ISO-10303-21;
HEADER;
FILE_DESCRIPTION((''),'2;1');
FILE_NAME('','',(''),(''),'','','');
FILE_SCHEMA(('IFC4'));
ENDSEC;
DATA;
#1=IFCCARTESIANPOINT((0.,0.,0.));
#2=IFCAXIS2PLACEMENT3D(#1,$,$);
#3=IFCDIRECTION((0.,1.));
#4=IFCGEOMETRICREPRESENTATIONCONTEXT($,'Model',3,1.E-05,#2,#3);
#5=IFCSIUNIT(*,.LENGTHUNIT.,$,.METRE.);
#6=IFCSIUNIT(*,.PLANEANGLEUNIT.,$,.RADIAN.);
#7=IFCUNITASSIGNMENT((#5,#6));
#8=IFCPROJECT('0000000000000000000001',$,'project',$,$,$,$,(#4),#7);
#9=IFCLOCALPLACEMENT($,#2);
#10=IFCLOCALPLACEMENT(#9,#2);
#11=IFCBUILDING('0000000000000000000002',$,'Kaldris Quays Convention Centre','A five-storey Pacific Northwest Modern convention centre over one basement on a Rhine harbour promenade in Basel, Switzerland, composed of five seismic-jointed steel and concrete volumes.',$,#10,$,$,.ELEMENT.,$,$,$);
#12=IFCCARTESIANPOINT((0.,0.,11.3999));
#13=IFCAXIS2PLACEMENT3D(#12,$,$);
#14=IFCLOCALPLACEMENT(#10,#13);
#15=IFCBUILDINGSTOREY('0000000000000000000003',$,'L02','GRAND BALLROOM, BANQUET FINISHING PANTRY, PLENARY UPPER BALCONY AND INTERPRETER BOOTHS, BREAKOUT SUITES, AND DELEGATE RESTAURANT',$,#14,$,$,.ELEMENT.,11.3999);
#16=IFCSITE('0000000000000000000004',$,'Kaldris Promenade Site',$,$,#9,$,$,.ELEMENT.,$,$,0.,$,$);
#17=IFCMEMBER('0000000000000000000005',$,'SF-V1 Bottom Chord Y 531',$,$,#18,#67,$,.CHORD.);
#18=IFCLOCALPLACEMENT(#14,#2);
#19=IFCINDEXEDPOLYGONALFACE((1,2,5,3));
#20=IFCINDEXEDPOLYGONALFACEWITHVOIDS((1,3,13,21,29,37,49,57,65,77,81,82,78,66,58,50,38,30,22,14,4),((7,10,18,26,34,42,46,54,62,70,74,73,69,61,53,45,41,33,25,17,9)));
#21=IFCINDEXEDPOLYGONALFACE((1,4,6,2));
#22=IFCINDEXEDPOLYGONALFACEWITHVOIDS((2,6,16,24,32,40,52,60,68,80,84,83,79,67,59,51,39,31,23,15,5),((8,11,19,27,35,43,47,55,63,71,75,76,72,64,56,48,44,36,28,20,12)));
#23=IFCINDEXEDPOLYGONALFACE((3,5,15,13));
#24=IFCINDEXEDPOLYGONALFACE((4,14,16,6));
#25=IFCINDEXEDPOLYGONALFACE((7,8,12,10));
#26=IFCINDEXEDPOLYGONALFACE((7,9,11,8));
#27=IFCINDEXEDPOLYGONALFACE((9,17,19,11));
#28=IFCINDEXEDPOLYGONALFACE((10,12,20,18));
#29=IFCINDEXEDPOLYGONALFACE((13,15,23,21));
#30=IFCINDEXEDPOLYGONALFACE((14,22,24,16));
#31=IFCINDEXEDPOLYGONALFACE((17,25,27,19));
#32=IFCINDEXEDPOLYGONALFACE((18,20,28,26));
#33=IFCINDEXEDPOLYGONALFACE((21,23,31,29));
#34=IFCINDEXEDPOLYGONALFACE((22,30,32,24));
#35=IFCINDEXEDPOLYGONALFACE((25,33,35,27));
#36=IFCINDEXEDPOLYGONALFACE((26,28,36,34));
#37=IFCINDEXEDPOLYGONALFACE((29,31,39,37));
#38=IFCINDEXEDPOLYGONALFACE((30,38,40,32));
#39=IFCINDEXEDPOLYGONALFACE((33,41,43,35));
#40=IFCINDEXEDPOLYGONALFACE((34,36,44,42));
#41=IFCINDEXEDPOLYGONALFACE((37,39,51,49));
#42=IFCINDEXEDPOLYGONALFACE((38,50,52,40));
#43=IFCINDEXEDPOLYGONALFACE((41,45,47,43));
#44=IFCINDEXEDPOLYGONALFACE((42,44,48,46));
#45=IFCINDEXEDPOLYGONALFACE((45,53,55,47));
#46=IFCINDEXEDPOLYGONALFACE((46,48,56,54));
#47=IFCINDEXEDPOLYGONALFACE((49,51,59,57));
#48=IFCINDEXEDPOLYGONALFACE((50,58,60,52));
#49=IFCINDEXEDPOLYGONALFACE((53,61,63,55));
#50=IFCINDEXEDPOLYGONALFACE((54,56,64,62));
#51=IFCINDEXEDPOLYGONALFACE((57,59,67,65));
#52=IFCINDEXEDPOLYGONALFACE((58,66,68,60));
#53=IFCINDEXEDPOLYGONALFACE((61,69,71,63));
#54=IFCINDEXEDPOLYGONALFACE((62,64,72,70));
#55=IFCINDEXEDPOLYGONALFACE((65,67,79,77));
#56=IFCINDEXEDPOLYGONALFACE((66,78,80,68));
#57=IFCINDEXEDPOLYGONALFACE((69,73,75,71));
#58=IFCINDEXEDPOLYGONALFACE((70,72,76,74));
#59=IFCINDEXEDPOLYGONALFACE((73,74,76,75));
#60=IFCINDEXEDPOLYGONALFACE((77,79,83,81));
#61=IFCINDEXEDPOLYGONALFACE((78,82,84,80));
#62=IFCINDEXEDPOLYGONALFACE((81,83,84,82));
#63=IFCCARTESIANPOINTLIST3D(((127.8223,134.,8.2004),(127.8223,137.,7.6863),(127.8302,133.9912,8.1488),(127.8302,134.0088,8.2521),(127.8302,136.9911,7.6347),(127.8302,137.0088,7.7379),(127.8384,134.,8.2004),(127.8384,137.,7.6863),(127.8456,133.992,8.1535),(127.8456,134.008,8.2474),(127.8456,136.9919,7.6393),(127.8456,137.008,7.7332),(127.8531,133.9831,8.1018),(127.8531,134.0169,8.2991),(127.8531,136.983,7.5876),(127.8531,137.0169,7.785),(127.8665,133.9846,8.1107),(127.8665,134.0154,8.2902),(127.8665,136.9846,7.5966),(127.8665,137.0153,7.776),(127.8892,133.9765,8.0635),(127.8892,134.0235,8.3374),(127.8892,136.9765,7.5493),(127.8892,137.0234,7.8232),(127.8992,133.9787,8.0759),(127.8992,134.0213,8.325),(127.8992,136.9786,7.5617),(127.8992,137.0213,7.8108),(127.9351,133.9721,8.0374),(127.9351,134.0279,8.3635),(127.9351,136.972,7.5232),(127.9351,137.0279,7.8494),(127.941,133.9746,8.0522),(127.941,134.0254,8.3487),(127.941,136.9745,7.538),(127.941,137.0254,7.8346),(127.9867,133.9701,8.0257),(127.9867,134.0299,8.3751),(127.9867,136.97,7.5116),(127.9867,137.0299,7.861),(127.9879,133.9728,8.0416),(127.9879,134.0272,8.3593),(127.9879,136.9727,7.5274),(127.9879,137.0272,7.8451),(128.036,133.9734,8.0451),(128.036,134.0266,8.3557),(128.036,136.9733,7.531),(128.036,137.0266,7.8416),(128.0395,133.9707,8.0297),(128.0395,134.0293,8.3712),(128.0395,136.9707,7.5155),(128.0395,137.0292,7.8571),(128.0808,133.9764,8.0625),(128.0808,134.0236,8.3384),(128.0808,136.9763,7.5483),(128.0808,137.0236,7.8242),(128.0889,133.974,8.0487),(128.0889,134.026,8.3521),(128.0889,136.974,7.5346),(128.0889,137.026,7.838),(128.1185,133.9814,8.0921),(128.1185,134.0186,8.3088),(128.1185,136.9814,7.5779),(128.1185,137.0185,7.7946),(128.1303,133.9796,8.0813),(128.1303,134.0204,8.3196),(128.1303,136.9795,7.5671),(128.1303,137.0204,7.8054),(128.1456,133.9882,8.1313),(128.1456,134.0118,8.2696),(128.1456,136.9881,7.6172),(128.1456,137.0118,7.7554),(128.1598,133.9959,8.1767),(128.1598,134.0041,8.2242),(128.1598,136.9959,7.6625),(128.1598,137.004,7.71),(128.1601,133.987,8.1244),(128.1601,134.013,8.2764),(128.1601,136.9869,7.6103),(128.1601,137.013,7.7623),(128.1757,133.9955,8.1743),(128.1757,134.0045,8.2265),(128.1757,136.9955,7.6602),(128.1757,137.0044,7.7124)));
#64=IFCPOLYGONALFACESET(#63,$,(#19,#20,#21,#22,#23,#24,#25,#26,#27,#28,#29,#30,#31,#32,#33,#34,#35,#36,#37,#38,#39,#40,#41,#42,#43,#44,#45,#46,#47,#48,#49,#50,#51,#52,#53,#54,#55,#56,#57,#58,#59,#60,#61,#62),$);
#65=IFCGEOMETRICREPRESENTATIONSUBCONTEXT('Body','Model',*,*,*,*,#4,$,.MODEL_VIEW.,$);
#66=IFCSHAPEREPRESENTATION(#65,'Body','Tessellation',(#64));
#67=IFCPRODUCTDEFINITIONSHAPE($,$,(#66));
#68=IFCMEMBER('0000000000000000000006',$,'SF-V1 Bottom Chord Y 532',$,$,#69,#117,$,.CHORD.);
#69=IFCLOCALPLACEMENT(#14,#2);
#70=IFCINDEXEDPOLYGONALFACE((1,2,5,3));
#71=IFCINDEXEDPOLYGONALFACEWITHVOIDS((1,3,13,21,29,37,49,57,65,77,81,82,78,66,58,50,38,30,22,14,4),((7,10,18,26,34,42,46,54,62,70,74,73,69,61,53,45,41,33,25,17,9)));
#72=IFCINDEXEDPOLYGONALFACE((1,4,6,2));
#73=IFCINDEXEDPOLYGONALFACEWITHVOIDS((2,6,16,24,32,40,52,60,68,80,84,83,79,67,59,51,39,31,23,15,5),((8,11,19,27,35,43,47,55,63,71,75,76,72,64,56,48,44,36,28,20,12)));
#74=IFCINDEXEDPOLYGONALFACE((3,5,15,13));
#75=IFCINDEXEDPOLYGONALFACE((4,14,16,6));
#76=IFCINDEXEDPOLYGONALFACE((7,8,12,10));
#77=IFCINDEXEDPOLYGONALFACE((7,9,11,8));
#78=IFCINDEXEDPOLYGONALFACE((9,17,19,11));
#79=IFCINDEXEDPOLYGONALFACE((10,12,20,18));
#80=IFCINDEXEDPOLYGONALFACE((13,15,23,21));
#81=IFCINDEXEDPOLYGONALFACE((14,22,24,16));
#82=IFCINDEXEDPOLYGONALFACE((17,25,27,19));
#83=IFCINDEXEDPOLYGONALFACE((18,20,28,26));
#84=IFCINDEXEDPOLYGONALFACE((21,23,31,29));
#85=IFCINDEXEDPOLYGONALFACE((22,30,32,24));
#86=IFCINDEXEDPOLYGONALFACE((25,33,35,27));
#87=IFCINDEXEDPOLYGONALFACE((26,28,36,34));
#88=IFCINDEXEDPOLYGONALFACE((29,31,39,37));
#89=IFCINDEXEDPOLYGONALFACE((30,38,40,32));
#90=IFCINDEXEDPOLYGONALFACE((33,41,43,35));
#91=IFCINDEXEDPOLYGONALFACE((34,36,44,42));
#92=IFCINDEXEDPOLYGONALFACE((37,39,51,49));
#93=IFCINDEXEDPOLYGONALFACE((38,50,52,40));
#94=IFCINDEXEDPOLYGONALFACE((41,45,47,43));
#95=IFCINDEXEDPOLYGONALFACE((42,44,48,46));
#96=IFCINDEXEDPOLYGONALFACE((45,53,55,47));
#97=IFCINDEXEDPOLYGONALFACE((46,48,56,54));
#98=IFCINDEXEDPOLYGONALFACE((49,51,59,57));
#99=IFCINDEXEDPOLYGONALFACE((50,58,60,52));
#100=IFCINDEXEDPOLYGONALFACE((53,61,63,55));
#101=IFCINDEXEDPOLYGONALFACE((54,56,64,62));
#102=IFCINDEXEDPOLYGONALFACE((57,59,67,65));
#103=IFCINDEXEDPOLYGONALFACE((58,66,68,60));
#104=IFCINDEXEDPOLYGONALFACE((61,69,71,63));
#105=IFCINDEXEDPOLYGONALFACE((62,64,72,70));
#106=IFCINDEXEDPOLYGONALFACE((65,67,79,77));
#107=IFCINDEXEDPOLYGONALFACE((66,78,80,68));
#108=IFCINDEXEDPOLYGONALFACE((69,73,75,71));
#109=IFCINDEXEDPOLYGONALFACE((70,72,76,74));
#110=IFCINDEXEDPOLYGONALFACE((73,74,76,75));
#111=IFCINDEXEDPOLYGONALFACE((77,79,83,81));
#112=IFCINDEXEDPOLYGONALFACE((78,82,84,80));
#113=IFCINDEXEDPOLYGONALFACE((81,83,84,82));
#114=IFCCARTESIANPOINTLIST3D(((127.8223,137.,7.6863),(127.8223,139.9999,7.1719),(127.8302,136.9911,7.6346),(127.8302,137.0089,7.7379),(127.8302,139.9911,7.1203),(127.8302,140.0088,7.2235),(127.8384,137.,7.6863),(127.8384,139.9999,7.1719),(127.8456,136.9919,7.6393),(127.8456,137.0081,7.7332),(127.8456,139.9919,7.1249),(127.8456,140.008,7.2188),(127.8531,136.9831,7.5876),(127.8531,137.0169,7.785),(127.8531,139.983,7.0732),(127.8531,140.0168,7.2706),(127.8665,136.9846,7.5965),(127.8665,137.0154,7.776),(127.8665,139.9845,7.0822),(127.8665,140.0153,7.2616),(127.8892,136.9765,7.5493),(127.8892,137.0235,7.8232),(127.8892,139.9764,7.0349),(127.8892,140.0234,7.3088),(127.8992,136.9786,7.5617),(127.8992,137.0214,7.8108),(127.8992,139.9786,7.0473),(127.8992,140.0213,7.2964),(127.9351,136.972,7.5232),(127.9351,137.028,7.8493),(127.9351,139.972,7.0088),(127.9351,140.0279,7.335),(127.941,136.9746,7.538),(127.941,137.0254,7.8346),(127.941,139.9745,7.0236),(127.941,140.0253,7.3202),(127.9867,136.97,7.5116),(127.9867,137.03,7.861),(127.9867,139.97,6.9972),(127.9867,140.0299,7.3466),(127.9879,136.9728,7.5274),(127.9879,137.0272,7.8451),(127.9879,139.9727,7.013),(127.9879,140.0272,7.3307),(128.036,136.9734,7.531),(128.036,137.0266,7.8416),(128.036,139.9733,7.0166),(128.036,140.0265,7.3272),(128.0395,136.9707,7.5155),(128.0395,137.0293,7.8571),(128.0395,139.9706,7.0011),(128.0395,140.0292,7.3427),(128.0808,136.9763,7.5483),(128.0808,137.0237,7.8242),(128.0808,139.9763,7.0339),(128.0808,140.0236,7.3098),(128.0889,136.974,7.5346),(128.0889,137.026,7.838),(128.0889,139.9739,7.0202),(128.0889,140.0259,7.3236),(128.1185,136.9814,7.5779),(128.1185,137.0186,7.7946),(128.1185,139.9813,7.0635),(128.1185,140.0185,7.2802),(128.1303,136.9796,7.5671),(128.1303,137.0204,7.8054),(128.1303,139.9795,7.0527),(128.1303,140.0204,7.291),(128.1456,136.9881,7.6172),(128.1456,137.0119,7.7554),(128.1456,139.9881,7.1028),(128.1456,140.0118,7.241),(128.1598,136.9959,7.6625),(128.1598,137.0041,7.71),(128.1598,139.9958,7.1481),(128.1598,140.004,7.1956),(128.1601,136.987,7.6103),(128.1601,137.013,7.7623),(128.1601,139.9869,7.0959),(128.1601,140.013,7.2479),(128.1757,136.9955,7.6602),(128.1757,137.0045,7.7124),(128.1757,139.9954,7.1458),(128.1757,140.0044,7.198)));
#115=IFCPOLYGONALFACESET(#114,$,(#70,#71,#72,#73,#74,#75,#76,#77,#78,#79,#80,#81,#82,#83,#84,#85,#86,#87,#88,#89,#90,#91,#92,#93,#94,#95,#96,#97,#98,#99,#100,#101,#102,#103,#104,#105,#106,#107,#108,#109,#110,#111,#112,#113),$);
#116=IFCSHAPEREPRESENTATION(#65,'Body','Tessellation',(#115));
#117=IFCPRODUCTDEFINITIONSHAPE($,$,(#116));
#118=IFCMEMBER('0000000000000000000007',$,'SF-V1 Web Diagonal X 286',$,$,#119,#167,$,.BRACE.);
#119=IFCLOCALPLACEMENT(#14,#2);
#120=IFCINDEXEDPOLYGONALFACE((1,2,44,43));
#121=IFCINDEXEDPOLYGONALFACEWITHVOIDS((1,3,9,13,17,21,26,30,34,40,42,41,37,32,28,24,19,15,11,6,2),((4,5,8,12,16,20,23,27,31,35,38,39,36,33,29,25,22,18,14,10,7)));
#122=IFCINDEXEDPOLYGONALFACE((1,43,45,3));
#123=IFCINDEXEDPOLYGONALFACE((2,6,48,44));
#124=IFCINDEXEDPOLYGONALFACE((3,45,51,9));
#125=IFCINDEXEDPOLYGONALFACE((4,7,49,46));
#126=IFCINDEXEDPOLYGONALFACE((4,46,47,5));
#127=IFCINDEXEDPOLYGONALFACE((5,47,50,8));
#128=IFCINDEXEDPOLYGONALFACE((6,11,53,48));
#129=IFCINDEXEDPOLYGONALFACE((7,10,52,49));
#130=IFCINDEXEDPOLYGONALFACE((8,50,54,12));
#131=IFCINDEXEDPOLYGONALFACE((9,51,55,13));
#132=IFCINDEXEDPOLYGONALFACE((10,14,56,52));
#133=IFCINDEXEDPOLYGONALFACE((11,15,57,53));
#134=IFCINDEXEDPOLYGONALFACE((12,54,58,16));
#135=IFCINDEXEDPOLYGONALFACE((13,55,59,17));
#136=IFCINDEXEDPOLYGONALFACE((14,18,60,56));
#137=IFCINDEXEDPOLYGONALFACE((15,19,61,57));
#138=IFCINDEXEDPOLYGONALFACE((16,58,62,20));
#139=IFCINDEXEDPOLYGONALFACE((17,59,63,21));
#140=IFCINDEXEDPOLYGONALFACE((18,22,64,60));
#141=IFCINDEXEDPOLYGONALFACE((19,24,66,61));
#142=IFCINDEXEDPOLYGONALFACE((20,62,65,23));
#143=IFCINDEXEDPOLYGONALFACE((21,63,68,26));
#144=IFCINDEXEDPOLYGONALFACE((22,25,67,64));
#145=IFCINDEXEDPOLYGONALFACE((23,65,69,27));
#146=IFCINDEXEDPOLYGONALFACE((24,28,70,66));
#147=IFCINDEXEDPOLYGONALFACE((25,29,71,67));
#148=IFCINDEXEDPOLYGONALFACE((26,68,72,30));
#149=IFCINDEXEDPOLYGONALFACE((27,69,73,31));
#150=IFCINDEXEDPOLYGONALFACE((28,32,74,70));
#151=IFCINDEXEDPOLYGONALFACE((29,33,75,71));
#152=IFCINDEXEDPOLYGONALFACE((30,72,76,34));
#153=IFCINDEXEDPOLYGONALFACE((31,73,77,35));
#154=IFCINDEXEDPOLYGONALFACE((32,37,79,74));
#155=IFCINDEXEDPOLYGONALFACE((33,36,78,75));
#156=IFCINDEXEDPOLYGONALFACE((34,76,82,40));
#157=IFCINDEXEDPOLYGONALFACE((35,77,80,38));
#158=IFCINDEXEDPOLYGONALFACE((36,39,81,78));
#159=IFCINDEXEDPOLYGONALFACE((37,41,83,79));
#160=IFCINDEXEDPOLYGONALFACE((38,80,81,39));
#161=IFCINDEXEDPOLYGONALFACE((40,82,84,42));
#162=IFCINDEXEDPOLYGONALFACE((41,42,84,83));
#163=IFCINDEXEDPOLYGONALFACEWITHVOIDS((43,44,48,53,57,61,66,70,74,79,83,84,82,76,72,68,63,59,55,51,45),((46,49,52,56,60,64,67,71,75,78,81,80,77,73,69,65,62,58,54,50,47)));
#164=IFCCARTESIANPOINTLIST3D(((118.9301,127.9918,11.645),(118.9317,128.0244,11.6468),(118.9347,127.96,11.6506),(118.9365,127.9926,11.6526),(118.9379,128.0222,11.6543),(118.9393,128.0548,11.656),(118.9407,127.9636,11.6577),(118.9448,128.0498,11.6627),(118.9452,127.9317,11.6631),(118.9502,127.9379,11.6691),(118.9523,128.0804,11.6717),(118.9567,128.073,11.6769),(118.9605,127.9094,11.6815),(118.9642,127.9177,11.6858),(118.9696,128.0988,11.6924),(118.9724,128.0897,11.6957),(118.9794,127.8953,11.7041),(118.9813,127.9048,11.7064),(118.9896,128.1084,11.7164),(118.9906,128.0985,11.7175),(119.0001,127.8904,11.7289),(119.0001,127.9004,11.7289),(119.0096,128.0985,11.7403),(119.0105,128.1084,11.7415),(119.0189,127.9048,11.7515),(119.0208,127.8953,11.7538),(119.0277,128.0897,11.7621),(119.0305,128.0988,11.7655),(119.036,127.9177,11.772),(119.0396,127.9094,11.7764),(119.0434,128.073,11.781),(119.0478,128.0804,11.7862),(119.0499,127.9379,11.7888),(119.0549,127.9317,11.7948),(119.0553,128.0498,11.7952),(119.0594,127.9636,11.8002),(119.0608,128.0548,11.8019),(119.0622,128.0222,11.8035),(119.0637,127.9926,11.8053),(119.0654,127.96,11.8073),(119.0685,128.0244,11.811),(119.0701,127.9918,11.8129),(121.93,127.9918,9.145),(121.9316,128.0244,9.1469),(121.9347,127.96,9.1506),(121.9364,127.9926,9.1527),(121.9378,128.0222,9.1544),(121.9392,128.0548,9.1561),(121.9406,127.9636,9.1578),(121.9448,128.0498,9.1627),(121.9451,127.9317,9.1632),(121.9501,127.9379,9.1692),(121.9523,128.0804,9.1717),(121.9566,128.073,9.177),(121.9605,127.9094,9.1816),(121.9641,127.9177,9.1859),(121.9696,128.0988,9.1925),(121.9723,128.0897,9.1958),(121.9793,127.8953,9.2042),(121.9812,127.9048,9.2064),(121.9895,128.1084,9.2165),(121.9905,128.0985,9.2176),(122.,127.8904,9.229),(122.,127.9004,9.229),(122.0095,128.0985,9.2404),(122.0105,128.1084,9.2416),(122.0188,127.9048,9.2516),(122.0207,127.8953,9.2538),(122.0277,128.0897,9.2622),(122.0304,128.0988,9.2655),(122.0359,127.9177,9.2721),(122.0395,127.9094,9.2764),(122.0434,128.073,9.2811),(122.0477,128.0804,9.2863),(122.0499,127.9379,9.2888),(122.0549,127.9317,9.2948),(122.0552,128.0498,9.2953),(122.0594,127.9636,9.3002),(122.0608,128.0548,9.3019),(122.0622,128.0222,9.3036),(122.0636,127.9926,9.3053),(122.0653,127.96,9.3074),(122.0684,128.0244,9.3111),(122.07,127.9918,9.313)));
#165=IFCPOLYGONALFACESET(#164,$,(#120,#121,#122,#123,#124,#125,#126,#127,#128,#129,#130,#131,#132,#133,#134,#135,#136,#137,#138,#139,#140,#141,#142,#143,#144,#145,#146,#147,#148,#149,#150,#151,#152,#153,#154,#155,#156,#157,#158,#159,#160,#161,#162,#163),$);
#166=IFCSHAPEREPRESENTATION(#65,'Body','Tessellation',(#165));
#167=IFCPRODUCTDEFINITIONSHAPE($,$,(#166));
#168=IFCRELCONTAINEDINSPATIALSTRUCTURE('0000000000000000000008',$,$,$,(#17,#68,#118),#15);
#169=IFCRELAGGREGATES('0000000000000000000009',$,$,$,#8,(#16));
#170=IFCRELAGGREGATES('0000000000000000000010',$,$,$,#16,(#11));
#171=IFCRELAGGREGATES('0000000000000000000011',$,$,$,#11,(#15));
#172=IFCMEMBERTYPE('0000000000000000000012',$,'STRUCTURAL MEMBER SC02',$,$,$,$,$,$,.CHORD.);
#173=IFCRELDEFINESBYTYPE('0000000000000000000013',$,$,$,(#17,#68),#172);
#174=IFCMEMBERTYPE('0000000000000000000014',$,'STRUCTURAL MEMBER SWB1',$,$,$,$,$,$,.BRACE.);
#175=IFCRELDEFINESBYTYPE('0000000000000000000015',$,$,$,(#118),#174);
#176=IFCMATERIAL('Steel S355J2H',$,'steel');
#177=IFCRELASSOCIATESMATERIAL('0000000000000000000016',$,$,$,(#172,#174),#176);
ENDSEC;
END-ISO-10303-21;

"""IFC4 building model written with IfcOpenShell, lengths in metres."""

from ifc_helpers import new_model, si_unit, direction, frame, origin, origin_2d, place, context, subcontext, project, spatial, hollow_circle, extrude, material, material_profile, profile_set, type_object, element, save


model = new_model("IFC4")

# Units and contexts
model_context = context("Model", 3, precision=1e-05, world=origin(), true_north=direction((0.0, 1.0)))
body_context = subcontext(model_context, "Body", "Model", "MODEL_VIEW")
ifc_project = project(units=[si_unit("LENGTHUNIT", "METRE"), si_unit("PLANEANGLEUNIT", "RADIAN")], contexts=[model_context])

# Site, building, storey
site_placement = place(None, origin())
site = spatial("IfcSite", under=ifc_project, at=site_placement, Name="Kaldris Promenade Site", CompositionType="ELEMENT", RefElevation=0.0)
building_placement = place(site_placement, origin())
building = spatial("IfcBuilding", under=site, at=building_placement, Name="Kaldris Quays Convention Centre", Description="A five-storey Pacific Northwest Modern convention centre over one basement on a Rhine harbour promenade in Basel, Switzerland, composed of five seismic-jointed steel and concrete volumes.", CompositionType="ELEMENT")
storey_placement = place(building_placement, frame((0.0, 0.0, 11.3999)))
storey = spatial("IfcBuildingStorey", under=building, at=storey_placement, Name="L02", Description="GRAND BALLROOM, BANQUET FINISHING PANTRY, PLENARY UPPER BALCONY AND INTERPRETER BOOTHS, BREAKOUT SUITES, AND DELEGATE RESTAURANT", CompositionType="ELEMENT", Elevation=11.3999)

# Members
ifc_material_1 = material(Name="Steel S355J2H", Category="steel")
ifc_material_profile_1 = material_profile(ifc_material_1, hollow_circle(Radius=0.1777, WallThickness=0.0161, at=origin_2d()), Name="CHS 355.6x16")
ifc_profile_set_1 = profile_set([ifc_material_profile_1], Name="Steel S355J2H")
member_type_1 = type_object("IfcMemberType", Name="STRUCTURAL MEMBER SC02", PredefinedType="CHORD", material=ifc_profile_set_1)
for number, where, z_axis, x_axis, name in (
    (1, (128.0, 134.0, 8.2004), (0.0, 0.985629, -0.168924), (-1.0, 0.0, 0.0), "SF-V1 Bottom Chord Y 531"),
    (2, (128.0, 137.0, 7.6863), (0.0, 0.985616, -0.169002), (-1.0, 0.0, 0.0), "SF-V1 Bottom Chord Y 532"),
):
    element("IfcMember", number, at=place(storey_placement, frame(where, z_axis=z_axis, x_axis=x_axis)), inside=storey, type_object=member_type_1, Name=name, PredefinedType="CHORD", context=body_context, shape_type="SweptSolid", body=[
        extrude(hollow_circle(Radius=0.1777, WallThickness=0.0161, at=origin_2d()), origin(), (0.0, 0.0, 1.0), 3.0437),
    ])
ifc_material_profile_2 = material_profile(ifc_material_1, hollow_circle(Radius=0.1096, WallThickness=0.01, at=origin_2d()), Name="CHS 219.1x10")
ifc_profile_set_2 = profile_set([ifc_material_profile_2], Name="Steel S355J2H")
member_type_2 = type_object("IfcMemberType", Name="STRUCTURAL MEMBER SWB1", PredefinedType="BRACE", material=ifc_profile_set_2)
for number, where, z_axis, x_axis, name in (
    (3, (122.0, 128.0, 9.229), (-0.768221, 0.0, 0.640184), (0.0, -1.0, 0.0), "SF-V1 Web Diagonal X 286"),
):
    element("IfcMember", number, at=place(storey_placement, frame(where, z_axis=z_axis, x_axis=x_axis)), inside=storey, type_object=member_type_2, Name=name, PredefinedType="BRACE", context=body_context, shape_type="SweptSolid", body=[
        extrude(hollow_circle(Radius=0.1096, WallThickness=0.01, at=origin_2d()), origin(), (0.0, 0.0, 1.0), 3.905),
    ])

save(model, "model.ifc")
